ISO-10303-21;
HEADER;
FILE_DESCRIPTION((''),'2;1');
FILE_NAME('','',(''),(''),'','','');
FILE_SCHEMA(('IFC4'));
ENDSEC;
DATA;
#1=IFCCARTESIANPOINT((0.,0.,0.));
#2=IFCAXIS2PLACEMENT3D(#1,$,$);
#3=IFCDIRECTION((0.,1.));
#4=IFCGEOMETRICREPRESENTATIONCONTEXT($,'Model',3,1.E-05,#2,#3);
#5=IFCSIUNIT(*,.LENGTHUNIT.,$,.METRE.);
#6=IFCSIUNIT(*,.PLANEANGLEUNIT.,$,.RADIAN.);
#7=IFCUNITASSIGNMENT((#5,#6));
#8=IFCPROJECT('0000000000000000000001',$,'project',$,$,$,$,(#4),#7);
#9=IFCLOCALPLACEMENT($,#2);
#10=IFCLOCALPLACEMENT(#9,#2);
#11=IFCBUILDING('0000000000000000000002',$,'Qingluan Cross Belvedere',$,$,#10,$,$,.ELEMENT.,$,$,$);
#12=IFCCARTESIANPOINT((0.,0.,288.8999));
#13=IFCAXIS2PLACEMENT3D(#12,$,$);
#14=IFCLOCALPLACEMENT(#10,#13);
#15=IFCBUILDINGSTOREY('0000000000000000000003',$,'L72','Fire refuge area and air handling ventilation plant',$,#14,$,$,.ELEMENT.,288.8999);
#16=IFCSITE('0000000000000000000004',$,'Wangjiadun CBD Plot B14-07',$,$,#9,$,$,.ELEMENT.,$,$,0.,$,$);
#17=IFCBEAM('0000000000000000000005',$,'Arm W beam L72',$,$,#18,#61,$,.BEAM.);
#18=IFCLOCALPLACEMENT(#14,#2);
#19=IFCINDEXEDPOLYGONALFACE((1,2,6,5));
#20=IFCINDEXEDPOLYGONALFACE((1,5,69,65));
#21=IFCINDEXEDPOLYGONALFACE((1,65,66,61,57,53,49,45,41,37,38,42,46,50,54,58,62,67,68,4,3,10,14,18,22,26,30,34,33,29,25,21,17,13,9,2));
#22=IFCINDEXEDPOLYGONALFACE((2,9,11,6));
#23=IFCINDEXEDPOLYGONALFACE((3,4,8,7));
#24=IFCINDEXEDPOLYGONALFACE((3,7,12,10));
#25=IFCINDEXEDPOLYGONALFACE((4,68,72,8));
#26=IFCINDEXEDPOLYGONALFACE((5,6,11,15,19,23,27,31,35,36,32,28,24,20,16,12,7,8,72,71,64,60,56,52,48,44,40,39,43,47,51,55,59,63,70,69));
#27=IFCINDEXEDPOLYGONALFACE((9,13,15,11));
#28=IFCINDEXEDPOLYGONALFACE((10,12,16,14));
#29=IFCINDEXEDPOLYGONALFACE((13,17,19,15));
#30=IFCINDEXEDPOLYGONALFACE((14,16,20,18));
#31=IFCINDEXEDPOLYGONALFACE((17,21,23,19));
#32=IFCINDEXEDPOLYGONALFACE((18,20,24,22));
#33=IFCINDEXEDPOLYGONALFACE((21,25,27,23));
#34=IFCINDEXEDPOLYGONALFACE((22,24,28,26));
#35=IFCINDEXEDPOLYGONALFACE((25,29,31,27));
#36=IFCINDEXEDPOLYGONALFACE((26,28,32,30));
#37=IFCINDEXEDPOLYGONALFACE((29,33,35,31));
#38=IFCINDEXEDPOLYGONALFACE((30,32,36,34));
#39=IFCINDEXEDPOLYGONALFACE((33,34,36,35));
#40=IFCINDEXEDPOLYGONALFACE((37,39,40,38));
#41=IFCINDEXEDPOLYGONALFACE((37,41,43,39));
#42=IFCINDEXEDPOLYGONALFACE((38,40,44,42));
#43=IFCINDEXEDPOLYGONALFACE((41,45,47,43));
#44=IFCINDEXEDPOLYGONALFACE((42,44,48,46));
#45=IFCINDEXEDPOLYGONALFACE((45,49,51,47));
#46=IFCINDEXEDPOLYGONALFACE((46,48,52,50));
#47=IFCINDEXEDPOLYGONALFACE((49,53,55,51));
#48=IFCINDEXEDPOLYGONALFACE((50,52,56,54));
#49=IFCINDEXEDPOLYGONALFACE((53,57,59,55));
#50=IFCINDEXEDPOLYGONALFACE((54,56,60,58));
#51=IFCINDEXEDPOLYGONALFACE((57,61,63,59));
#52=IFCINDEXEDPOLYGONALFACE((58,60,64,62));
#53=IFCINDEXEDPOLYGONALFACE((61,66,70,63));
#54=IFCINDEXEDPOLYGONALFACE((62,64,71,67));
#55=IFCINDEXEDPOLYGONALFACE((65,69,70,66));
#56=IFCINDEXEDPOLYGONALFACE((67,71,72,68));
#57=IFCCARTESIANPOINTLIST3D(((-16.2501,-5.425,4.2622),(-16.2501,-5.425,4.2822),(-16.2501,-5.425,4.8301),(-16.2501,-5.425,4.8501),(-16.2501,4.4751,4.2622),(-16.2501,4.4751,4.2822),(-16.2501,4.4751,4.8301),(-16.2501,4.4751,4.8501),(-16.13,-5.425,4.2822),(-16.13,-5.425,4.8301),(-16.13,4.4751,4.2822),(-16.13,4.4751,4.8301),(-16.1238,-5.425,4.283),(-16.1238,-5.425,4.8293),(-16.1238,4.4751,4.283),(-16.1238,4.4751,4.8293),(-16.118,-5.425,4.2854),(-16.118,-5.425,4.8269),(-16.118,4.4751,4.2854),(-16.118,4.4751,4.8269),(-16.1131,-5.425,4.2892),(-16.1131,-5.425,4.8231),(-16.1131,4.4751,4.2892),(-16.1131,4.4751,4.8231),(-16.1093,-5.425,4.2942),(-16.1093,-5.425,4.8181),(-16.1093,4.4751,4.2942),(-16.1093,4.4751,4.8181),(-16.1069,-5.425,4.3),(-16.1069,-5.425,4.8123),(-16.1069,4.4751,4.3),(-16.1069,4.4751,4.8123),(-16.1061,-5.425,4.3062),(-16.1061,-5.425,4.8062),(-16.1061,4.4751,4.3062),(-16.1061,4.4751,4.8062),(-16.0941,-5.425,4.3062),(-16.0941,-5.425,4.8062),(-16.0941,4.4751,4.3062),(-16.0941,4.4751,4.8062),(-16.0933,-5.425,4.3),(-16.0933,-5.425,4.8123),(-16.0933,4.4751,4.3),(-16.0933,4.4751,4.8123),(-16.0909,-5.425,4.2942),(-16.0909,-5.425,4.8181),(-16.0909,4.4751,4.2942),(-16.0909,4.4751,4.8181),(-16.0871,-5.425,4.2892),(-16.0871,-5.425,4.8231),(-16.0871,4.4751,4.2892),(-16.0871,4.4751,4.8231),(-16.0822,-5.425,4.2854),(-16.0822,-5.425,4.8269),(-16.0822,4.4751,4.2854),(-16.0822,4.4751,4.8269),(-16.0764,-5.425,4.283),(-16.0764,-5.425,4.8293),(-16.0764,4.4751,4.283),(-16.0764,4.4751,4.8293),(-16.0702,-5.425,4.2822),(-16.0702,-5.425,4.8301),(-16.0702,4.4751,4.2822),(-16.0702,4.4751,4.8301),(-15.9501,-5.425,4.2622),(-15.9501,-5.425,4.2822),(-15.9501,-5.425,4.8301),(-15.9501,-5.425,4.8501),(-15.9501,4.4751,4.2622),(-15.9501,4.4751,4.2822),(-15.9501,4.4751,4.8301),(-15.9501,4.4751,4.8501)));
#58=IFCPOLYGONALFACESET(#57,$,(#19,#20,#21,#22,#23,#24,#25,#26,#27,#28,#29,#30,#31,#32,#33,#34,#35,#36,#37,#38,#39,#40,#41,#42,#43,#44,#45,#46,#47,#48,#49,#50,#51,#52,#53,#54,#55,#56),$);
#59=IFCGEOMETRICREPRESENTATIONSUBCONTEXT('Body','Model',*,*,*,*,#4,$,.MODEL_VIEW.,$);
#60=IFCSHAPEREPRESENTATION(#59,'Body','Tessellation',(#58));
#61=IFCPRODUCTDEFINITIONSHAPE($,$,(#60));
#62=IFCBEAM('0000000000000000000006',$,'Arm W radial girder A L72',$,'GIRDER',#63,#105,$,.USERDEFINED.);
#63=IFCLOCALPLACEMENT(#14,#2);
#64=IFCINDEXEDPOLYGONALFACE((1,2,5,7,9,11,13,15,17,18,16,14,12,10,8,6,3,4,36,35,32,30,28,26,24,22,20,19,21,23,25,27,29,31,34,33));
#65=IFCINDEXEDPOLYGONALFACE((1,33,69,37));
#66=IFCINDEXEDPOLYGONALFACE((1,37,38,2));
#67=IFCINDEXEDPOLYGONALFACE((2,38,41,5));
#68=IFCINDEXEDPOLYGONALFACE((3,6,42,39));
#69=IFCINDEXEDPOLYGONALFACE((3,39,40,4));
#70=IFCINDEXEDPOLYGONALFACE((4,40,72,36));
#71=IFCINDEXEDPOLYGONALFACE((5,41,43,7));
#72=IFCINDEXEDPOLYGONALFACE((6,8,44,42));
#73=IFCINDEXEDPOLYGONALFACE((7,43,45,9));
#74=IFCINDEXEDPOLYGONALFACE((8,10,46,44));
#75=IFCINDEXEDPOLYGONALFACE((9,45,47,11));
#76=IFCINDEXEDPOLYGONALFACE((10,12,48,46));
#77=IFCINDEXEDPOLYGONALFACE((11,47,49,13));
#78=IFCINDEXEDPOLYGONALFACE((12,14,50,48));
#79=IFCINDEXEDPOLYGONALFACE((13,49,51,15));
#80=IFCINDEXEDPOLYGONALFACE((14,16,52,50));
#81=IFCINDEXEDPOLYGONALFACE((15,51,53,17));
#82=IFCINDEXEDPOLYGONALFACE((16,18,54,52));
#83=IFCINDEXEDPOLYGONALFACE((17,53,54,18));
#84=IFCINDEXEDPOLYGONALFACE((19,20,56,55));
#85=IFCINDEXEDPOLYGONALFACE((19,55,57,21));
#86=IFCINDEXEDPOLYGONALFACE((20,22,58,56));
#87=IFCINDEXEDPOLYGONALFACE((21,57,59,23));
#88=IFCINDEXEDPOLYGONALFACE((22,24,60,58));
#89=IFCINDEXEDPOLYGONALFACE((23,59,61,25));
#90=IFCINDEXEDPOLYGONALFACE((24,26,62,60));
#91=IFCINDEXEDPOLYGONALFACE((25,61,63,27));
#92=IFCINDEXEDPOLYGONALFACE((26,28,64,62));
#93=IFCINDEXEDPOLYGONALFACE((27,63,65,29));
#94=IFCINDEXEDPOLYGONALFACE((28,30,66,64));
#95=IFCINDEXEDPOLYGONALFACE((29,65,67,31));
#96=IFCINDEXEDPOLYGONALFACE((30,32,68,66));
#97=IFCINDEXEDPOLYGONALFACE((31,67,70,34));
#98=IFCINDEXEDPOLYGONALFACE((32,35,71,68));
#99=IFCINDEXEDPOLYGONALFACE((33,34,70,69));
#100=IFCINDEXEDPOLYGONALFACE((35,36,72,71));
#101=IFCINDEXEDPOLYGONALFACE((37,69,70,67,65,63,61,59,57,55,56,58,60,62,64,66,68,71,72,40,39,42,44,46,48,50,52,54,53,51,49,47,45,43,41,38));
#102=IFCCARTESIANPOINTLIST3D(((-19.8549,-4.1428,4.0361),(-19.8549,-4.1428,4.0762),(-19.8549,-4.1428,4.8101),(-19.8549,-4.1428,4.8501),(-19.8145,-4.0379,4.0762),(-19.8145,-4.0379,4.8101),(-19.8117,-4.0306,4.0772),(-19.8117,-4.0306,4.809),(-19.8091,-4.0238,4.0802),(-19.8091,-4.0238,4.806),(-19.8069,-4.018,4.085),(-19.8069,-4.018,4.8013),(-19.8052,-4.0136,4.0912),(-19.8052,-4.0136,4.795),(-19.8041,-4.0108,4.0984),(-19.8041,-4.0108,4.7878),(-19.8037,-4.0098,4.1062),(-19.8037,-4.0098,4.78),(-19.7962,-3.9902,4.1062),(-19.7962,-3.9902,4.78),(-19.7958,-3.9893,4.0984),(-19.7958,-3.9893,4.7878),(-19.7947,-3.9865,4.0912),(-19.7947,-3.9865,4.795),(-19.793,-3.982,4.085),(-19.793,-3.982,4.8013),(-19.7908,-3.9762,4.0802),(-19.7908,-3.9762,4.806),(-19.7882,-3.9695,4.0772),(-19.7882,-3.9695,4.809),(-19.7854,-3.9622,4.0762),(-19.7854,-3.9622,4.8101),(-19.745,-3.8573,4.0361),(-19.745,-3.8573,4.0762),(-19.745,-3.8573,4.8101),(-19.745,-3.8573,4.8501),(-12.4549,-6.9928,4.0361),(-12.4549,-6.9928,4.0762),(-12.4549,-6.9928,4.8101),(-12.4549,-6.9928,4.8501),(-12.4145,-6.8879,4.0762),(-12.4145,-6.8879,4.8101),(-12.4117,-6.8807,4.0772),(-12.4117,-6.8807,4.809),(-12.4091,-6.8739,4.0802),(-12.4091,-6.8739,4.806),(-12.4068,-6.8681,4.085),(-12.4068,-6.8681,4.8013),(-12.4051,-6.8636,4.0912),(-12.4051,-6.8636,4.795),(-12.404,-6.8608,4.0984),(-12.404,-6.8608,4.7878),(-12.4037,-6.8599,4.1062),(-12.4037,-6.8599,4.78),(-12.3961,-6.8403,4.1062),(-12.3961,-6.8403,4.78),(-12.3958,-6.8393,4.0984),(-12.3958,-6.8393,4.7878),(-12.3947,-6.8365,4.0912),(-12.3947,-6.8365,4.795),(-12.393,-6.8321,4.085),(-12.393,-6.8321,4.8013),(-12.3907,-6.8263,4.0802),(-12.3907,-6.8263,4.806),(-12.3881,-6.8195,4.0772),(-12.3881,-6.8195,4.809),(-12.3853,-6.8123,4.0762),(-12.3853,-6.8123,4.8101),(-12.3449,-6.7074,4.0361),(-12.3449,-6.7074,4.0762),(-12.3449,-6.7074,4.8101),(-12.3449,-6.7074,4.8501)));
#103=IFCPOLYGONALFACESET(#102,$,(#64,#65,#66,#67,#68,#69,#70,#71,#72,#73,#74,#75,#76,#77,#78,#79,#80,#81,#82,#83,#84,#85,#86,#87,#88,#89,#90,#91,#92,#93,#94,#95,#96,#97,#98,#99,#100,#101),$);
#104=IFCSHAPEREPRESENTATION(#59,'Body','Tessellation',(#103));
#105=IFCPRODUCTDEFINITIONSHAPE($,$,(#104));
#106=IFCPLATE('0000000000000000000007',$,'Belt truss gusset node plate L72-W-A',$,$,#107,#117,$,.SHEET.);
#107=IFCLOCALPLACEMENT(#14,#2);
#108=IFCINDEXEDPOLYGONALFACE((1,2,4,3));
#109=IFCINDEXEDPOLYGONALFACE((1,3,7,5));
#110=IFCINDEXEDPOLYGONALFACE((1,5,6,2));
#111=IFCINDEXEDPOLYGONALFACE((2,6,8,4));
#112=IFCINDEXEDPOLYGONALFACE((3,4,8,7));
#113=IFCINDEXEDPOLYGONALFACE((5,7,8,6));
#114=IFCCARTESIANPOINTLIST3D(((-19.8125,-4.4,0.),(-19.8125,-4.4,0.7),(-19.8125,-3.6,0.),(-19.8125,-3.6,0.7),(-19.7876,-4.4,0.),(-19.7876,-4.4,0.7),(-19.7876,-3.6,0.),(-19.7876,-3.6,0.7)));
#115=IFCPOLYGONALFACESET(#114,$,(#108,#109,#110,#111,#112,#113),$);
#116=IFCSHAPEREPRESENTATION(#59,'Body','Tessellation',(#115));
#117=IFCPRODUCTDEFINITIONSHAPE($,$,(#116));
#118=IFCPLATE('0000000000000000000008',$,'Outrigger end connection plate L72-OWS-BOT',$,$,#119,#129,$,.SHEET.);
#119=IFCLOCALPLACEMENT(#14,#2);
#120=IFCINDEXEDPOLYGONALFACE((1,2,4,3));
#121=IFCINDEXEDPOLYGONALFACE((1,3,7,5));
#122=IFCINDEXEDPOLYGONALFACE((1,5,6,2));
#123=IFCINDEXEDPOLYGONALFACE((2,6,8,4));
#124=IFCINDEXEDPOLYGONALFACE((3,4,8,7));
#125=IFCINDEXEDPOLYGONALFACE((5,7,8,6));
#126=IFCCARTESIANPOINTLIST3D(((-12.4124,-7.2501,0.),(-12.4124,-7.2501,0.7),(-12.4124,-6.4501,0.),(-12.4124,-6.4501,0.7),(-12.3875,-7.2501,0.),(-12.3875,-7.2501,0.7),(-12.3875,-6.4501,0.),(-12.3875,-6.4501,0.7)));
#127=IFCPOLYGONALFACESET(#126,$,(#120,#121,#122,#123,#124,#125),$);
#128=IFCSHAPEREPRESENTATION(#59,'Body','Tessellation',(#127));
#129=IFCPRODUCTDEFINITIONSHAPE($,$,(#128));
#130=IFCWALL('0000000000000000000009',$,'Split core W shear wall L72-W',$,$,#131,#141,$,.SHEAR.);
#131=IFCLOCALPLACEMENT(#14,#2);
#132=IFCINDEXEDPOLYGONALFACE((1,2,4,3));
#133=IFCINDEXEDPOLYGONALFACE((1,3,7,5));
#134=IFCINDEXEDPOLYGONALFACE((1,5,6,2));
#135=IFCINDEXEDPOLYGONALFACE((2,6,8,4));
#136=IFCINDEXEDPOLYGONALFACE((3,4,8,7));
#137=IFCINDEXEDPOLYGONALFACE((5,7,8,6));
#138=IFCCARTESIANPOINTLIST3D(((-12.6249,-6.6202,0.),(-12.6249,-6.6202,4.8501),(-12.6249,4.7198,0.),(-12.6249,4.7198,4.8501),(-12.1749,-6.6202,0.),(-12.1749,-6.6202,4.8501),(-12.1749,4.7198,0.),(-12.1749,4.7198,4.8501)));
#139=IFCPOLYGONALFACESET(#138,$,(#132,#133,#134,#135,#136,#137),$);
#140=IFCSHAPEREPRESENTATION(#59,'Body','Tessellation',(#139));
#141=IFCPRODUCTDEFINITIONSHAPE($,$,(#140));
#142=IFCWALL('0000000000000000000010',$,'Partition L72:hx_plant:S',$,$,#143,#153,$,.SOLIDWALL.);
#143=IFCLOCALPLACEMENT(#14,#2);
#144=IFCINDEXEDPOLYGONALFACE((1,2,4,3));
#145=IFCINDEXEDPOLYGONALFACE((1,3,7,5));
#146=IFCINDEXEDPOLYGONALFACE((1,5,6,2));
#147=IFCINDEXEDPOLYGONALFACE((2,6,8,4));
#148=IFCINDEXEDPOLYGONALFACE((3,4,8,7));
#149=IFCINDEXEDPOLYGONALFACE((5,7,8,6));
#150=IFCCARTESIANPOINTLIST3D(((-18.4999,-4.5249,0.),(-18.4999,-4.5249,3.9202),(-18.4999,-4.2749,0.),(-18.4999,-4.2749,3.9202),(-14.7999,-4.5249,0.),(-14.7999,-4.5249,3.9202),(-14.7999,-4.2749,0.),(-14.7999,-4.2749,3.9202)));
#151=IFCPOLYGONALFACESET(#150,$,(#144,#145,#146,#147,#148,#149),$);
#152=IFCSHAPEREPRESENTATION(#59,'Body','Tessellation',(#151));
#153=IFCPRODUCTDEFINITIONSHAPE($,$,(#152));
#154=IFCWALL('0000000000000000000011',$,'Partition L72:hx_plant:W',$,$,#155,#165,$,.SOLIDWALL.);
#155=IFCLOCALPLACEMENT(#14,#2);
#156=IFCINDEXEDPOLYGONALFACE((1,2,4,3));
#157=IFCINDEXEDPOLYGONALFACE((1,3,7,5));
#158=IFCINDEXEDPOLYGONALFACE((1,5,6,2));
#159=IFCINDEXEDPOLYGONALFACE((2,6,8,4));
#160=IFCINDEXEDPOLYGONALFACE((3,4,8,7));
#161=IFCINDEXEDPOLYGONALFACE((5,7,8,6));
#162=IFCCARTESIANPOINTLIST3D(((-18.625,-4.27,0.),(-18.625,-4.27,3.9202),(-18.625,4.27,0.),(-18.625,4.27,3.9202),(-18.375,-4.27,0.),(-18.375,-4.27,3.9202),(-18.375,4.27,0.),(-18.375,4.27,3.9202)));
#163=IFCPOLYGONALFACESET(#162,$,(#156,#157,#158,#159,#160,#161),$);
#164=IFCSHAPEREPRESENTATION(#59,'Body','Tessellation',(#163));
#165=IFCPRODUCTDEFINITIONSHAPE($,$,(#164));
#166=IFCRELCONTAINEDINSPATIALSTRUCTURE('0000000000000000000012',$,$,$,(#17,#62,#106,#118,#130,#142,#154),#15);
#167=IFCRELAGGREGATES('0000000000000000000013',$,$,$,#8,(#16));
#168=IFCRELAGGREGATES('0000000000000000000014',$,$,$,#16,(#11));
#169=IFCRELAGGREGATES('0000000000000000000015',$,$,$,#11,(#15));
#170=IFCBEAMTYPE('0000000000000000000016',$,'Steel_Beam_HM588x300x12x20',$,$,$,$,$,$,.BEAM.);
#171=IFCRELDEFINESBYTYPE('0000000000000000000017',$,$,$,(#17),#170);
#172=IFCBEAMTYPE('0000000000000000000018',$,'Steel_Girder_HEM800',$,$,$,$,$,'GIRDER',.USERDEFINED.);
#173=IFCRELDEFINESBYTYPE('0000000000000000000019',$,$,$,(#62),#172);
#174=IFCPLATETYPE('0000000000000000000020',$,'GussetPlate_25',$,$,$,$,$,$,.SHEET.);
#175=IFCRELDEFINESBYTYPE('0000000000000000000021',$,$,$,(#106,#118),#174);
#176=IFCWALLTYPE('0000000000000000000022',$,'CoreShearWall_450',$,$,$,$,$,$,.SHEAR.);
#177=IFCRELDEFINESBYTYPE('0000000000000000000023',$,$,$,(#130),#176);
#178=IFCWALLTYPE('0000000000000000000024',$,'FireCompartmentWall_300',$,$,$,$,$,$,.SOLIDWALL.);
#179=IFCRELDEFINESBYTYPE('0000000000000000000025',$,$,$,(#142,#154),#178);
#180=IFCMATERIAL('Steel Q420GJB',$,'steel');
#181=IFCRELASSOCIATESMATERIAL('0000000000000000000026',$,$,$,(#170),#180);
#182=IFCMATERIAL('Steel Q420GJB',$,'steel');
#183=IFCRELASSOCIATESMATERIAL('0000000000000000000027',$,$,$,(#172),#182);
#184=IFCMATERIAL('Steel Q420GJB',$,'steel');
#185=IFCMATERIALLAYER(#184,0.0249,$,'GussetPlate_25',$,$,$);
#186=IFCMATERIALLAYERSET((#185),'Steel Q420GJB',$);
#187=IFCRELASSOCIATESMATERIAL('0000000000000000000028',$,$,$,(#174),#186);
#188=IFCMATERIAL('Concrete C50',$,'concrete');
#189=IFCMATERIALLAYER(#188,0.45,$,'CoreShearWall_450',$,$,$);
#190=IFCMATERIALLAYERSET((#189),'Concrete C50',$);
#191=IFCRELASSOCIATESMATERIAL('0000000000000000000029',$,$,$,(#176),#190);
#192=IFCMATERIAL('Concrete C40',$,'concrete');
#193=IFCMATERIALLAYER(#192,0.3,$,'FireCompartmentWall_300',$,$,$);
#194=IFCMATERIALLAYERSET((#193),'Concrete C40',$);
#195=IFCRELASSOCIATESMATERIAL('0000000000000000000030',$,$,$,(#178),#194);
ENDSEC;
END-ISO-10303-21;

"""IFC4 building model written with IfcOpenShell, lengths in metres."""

from ifc_helpers import new_model, si_unit, direction, frame, frame_2d, origin, origin_2d, place, context, subcontext, project, spatial, rectangle, i_section, extrude, material, layer, layer_set, material_profile, profile_set, type_object, element, save


model = new_model("IFC4")

# Units and contexts
model_context = context("Model", 3, precision=1e-05, world=origin(), true_north=direction((0.0, 1.0)))
body_context = subcontext(model_context, "Body", "Model", "MODEL_VIEW")
ifc_project = project(units=[si_unit("LENGTHUNIT", "METRE"), si_unit("PLANEANGLEUNIT", "RADIAN")], contexts=[model_context])

# Site, building, storey
site_placement = place(None, origin())
site = spatial("IfcSite", under=ifc_project, at=site_placement, Name="Wangjiadun CBD Plot B14-07", CompositionType="ELEMENT", RefElevation=0.0)
building_placement = place(site_placement, origin())
building = spatial("IfcBuilding", under=site, at=building_placement, Name="Qingluan Cross Belvedere", CompositionType="ELEMENT")
storey_placement = place(building_placement, frame((0.0, 0.0, 288.8999)))
storey = spatial("IfcBuildingStorey", under=building, at=storey_placement, Name="L72", Description="Fire refuge area and air handling ventilation plant", CompositionType="ELEMENT", Elevation=288.8999)

# Beams
ifc_material_1 = material(Name="Steel Q420GJB", Category="steel")
ifc_material_profile_1 = material_profile(ifc_material_1, i_section(OverallWidth=0.3, OverallDepth=0.5879, WebThickness=0.012, FlangeThickness=0.02, FilletRadius=0.0239, at=origin_2d()), Name="HM588x300x12x20")
ifc_profile_set_1 = profile_set([ifc_material_profile_1], Name="Steel Q420GJB")
beam_type_1 = type_object("IfcBeamType", Name="Steel_Beam_HM588x300x12x20", PredefinedType="BEAM", material=ifc_profile_set_1)
beam_1_placement = place(storey_placement, frame((-16.1001, -5.425, 4.5562), z_axis=(0.0, 1.0, 0.0), x_axis=(-1.0, 0.0, 0.0)))
element("IfcBeam", 1, at=beam_1_placement, inside=storey, type_object=beam_type_1, Name="Arm W beam L72", PredefinedType="BEAM", context=body_context, shape_type="SweptSolid", body=[
    extrude(i_section(OverallWidth=0.3, OverallDepth=0.5879, WebThickness=0.012, FlangeThickness=0.02, FilletRadius=0.0239, at=origin_2d()), origin(), (0.0, 0.0, 1.0), 9.9001),
])
ifc_material_2 = material(Name="Steel Q420GJB", Category="steel")
ifc_material_profile_2 = material_profile(ifc_material_2, i_section(OverallWidth=0.3059, OverallDepth=0.814, WebThickness=0.021, FlangeThickness=0.04, FilletRadius=0.03, at=origin_2d()), Name="HEM800")
ifc_profile_set_2 = profile_set([ifc_material_profile_2], Name="Steel Q420GJB")
beam_type_2 = type_object("IfcBeamType", Name="Steel_Girder_HEM800", ElementType="GIRDER", PredefinedType="USERDEFINED", material=ifc_profile_set_2)
beam_2_placement = place(storey_placement, frame((-12.3999, -6.8501, 4.4431), z_axis=(-0.933181, 0.359406, 0.0), x_axis=(-0.359406, -0.933181, 0.0)))
element("IfcBeam", 2, at=beam_2_placement, inside=storey, type_object=beam_type_2, Name="Arm W radial girder A L72", ObjectType="GIRDER", PredefinedType="USERDEFINED", context=body_context, shape_type="SweptSolid", body=[
    extrude(i_section(OverallWidth=0.3059, OverallDepth=0.814, WebThickness=0.021, FlangeThickness=0.04, FilletRadius=0.03, at=origin_2d()), origin(), (0.0, 0.0, 1.0), 7.9299),
])

# Plates
ifc_material_3 = material(Name="Steel Q420GJB", Category="steel")
ifc_layer_1 = layer(ifc_material_3, 0.0249, Name="GussetPlate_25")
ifc_layer_set_1 = layer_set([ifc_layer_1], Name="Steel Q420GJB")
plate_type = type_object("IfcPlateType", Name="GussetPlate_25", PredefinedType="SHEET", material=ifc_layer_set_1)
for number, where, z_axis, x_axis, name in (
    (3, (-19.8, -4.0, 0.0), (0.0, 0.0, 1.0), (0.0, 1.0, 0.0), "Belt truss gusset node plate L72-W-A"),
    (4, (-12.3999, -6.8501, 0.0), (0.0, 0.0, 1.0), (0.0, 1.0, 0.0), "Outrigger end connection plate L72-OWS-BOT"),
):
    element("IfcPlate", number, at=place(storey_placement, frame(where, z_axis=z_axis, x_axis=x_axis)), inside=storey, type_object=plate_type, Name=name, PredefinedType="SHEET", context=body_context, shape_type="SweptSolid", body=[
        extrude(rectangle(XDim=0.8, YDim=0.0249, at=origin_2d()), origin(), (0.0, 0.0, 1.0), 0.7),
    ])

# Walls
ifc_material_4 = material(Name="Concrete C50", Category="concrete")
ifc_layer_2 = layer(ifc_material_4, 0.45, Name="CoreShearWall_450")
ifc_layer_set_2 = layer_set([ifc_layer_2], Name="Concrete C50")
wall_type_1 = type_object("IfcWallType", Name="CoreShearWall_450", PredefinedType="SHEAR", material=ifc_layer_set_2)
wall_1_placement = place(storey_placement, frame((-12.3999, -6.6201, 0.0), z_axis=(0.0, 0.0, 1.0), x_axis=(0.0, 1.0, 0.0)))
element("IfcWall", 5, at=wall_1_placement, inside=storey, type_object=wall_type_1, Name="Split core W shear wall L72-W", PredefinedType="SHEAR", context=body_context, shape_type="SweptSolid", body=[
    extrude(rectangle(XDim=11.3401, YDim=0.45, at=frame_2d((5.6699, 0.0))), origin(), (0.0, 0.0, 1.0), 4.8501),
])
ifc_material_5 = material(Name="Concrete C40", Category="concrete")
ifc_layer_3 = layer(ifc_material_5, 0.3, Name="FireCompartmentWall_300")
ifc_layer_set_3 = layer_set([ifc_layer_3], Name="Concrete C40")
wall_type_2 = type_object("IfcWallType", Name="FireCompartmentWall_300", PredefinedType="SOLIDWALL", material=ifc_layer_set_3)
wall_2_placement = place(storey_placement, frame((-18.5, -4.3999, 0.0), z_axis=(0.0, 0.0, 1.0), x_axis=(1.0, 0.0, 0.0)))
element("IfcWall", 6, at=wall_2_placement, inside=storey, type_object=wall_type_2, Name="Partition L72:hx_plant:S", PredefinedType="SOLIDWALL", context=body_context, shape_type="SweptSolid", body=[
    extrude(rectangle(XDim=3.7, YDim=0.25, at=frame_2d((1.8501, 0.0))), origin(), (0.0, 0.0, 1.0), 3.9202),
])
wall_3_placement = place(storey_placement, frame((-18.5, -4.27, 0.0), z_axis=(0.0, 0.0, 1.0), x_axis=(0.0, 1.0, 0.0)))
element("IfcWall", 7, at=wall_3_placement, inside=storey, type_object=wall_type_2, Name="Partition L72:hx_plant:W", PredefinedType="SOLIDWALL", context=body_context, shape_type="SweptSolid", body=[
    extrude(rectangle(XDim=8.54, YDim=0.25, at=frame_2d((4.27, 0.0))), origin(), (0.0, 0.0, 1.0), 3.9202),
])

save(model, "model.ifc")
